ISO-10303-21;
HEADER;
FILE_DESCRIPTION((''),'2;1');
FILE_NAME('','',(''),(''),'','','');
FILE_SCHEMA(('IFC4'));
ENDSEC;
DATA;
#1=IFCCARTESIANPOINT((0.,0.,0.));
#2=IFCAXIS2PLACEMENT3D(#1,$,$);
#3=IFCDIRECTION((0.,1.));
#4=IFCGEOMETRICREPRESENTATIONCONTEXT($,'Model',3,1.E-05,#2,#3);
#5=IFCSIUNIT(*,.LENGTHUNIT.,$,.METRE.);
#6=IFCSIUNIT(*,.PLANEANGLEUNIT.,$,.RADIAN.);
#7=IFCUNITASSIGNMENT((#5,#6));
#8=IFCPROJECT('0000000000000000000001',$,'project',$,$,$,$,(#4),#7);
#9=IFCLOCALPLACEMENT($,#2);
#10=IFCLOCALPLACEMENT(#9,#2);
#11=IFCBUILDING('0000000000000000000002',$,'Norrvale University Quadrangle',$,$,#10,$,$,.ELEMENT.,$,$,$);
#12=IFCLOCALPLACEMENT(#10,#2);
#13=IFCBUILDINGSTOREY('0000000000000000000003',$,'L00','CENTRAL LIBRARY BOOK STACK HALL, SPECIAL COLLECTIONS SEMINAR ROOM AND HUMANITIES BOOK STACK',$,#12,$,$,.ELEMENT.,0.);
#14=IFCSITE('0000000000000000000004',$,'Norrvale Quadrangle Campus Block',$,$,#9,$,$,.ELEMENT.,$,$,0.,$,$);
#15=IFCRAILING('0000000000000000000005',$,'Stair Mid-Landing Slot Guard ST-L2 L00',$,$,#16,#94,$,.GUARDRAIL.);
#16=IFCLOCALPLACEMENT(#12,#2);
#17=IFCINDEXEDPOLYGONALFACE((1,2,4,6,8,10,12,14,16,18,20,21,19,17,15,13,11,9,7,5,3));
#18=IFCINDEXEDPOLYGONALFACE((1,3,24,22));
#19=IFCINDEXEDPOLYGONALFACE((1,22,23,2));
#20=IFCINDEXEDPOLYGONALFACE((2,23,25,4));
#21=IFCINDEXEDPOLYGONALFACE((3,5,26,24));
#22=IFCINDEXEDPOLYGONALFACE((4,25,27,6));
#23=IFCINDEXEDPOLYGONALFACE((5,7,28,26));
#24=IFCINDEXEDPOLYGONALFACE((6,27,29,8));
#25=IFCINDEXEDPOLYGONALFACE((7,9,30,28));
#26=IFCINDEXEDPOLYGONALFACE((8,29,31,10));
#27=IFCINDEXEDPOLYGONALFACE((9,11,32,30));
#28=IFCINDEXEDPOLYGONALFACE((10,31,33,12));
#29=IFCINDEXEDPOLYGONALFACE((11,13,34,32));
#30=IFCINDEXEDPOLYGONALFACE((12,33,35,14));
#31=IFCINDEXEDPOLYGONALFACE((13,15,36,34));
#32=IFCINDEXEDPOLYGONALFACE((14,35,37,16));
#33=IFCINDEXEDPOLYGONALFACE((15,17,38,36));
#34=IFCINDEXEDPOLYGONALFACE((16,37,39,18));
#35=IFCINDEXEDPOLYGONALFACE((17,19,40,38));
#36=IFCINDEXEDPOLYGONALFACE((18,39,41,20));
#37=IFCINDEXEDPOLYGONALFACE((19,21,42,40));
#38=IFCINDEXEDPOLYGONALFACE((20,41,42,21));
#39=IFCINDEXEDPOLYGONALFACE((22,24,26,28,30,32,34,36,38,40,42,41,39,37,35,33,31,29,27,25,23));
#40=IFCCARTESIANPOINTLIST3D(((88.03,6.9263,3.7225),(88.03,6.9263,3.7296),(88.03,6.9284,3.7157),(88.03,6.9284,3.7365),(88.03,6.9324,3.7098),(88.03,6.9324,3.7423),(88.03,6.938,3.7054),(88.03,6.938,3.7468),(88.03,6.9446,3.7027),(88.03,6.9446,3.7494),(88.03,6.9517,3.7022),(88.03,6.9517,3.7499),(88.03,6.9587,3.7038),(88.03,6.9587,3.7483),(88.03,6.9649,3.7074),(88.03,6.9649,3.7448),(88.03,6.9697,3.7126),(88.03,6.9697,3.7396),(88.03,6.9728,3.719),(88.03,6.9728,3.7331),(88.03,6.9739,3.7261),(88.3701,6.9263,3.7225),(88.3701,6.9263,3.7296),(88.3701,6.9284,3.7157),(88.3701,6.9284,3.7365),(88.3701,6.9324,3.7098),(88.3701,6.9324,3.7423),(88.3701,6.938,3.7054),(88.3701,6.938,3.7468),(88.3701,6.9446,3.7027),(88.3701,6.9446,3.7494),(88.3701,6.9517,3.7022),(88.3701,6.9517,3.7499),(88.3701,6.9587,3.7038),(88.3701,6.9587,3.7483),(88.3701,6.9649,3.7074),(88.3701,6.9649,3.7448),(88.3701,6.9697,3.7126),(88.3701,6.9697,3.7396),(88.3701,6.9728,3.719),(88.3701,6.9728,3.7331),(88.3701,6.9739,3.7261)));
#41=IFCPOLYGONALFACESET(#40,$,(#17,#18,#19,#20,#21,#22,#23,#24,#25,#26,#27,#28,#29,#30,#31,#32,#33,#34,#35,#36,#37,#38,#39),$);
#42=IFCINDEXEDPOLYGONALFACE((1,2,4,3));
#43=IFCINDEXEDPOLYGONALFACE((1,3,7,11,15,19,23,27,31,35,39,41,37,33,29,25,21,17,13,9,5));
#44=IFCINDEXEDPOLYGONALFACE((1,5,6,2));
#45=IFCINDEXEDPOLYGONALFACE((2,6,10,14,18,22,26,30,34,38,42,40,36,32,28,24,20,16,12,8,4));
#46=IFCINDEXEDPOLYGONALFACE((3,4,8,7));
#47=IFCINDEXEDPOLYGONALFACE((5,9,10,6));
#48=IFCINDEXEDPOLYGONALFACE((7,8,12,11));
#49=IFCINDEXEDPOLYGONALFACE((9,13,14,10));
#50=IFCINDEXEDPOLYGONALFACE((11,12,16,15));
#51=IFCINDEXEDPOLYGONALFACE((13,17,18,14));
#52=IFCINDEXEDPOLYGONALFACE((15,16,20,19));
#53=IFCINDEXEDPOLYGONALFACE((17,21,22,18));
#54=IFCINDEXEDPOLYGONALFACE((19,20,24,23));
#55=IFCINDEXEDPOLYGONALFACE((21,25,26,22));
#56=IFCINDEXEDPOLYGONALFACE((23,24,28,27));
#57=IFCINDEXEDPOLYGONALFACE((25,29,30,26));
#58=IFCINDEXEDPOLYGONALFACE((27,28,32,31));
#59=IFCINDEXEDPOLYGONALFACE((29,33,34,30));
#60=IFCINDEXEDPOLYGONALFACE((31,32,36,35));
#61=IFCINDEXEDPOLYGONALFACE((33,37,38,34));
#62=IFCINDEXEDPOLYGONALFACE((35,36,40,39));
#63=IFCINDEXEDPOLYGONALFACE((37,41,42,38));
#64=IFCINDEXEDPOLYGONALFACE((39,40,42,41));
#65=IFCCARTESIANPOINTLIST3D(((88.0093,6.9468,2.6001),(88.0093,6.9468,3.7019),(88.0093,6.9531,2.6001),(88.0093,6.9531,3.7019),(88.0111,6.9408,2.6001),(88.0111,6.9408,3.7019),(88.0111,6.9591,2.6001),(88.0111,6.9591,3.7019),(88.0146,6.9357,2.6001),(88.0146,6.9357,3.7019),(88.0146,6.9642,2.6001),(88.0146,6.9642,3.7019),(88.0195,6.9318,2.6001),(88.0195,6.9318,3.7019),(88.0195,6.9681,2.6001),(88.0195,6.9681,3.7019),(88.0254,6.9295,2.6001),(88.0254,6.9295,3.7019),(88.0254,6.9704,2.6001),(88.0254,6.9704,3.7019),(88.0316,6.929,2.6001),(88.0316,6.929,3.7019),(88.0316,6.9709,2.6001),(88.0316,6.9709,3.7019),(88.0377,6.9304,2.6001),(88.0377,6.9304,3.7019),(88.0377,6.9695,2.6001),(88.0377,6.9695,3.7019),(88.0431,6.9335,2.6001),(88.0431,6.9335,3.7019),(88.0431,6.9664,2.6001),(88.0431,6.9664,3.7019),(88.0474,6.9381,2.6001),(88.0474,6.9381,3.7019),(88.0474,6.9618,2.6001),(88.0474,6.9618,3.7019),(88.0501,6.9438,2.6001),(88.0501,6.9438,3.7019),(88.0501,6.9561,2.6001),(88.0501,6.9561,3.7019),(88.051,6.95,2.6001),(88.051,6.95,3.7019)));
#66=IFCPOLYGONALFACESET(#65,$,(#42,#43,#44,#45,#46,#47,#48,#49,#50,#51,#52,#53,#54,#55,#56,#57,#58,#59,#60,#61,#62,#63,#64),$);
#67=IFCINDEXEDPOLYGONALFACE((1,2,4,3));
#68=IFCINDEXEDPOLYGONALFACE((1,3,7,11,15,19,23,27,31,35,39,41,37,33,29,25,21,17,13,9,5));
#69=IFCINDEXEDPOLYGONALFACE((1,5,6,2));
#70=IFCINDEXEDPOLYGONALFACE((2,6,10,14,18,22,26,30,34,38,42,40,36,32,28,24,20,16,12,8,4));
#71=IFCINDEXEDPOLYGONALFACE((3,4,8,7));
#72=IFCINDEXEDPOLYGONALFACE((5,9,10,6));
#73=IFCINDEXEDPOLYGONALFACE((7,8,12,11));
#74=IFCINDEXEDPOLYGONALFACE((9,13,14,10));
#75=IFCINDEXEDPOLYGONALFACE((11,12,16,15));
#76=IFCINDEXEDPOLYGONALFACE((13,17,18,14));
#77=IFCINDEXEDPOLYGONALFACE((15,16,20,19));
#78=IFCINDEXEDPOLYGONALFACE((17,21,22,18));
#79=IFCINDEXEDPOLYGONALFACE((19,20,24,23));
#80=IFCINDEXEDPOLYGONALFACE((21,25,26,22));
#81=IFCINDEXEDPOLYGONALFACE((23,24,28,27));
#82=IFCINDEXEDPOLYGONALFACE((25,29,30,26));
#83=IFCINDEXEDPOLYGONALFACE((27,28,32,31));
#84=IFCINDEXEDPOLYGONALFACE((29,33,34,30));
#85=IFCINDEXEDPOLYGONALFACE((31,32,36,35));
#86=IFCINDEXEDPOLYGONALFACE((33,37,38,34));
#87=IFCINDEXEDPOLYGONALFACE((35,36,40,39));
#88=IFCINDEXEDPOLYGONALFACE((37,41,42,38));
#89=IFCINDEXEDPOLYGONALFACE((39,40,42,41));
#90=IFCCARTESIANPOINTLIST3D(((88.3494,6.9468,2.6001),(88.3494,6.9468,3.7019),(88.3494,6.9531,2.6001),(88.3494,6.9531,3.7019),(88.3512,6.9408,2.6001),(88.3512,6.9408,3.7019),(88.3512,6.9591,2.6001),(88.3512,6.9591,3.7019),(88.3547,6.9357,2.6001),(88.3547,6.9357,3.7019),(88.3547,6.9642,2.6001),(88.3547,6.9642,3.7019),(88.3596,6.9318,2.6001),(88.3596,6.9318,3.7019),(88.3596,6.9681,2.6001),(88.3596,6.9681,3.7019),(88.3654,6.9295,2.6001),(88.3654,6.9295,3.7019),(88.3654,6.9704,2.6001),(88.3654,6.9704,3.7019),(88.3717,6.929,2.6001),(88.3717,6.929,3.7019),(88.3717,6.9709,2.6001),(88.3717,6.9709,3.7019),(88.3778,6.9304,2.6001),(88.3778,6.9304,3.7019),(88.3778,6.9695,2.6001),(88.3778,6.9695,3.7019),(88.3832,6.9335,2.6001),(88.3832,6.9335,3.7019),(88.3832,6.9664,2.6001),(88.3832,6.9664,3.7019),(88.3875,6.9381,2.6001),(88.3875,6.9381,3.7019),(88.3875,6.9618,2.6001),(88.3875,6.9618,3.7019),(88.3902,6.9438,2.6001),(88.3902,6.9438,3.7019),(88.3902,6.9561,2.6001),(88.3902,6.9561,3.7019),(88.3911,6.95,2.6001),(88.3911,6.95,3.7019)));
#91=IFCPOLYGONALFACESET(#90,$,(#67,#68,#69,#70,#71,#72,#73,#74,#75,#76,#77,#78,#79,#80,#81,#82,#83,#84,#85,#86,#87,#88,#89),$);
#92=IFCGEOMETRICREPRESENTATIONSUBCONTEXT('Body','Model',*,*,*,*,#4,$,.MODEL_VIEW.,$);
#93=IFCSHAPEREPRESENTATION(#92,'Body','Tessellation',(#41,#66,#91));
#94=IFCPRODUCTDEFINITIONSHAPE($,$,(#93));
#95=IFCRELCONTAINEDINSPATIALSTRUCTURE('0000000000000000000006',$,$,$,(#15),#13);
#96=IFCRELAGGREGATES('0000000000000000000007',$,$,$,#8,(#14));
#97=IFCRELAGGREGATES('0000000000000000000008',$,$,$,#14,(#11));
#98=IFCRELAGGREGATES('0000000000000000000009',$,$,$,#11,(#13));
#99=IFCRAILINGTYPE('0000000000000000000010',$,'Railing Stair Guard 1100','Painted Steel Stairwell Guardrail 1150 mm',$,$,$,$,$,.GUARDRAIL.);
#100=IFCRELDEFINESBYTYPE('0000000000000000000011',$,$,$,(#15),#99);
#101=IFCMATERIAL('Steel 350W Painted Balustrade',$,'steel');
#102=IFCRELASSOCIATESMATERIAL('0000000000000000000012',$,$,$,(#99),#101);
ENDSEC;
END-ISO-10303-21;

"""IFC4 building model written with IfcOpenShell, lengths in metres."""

from ifc_helpers import new_model, si_unit, direction, frame, origin, origin_2d, place, context, subcontext, project, spatial, circle, extrude, material, type_object, element, save


model = new_model("IFC4")

# Units and contexts
model_context = context("Model", 3, precision=1e-05, world=origin(), true_north=direction((0.0, 1.0)))
body_context = subcontext(model_context, "Body", "Model", "MODEL_VIEW")
ifc_project = project(units=[si_unit("LENGTHUNIT", "METRE"), si_unit("PLANEANGLEUNIT", "RADIAN")], contexts=[model_context])

# Site, building, storey
site_placement = place(None, origin())
site = spatial("IfcSite", under=ifc_project, at=site_placement, Name="Norrvale Quadrangle Campus Block", CompositionType="ELEMENT", RefElevation=0.0)
building_placement = place(site_placement, origin())
building = spatial("IfcBuilding", under=site, at=building_placement, Name="Norrvale University Quadrangle", CompositionType="ELEMENT")
storey_placement = place(building_placement, origin())
storey = spatial("IfcBuildingStorey", under=building, at=storey_placement, Name="L00", Description="CENTRAL LIBRARY BOOK STACK HALL, SPECIAL COLLECTIONS SEMINAR ROOM AND HUMANITIES BOOK STACK", CompositionType="ELEMENT", Elevation=0.0)

# Railing
ifc_material_1 = material(Name="Steel 350W Painted Balustrade", Category="steel")
railing_type_1 = type_object("IfcRailingType", Name="Railing Stair Guard 1100", Description="Painted Steel Stairwell Guardrail 1150 mm", PredefinedType="GUARDRAIL", material=ifc_material_1)
for number, where, name in (
    (1, (88.03, 6.95, 2.6001), "Stair Mid-Landing Slot Guard ST-L2 L00"),
):
    element("IfcRailing", number, at=place(storey_placement, frame(where)), inside=storey, type_object=railing_type_1, Name=name, PredefinedType="GUARDRAIL", context=body_context, shape_type="SweptSolid", body=[
        extrude(circle(Radius=0.0239, at=origin_2d()), frame((0.0, 0.0, 1.126), z_axis=(1.0, 0.0, 0.0), x_axis=(0.0, 1.0, 0.0)), (0.0, 0.0, 1.0), 0.3401),
        extrude(circle(Radius=0.021, at=origin_2d()), origin(), (0.0, 0.0, 1.0), 1.1018),
        extrude(circle(Radius=0.021, at=origin_2d()), frame((0.3401, 0.0, 0.0)), (0.0, 0.0, 1.0), 1.1018),
    ])

save(model, "model.ifc")
